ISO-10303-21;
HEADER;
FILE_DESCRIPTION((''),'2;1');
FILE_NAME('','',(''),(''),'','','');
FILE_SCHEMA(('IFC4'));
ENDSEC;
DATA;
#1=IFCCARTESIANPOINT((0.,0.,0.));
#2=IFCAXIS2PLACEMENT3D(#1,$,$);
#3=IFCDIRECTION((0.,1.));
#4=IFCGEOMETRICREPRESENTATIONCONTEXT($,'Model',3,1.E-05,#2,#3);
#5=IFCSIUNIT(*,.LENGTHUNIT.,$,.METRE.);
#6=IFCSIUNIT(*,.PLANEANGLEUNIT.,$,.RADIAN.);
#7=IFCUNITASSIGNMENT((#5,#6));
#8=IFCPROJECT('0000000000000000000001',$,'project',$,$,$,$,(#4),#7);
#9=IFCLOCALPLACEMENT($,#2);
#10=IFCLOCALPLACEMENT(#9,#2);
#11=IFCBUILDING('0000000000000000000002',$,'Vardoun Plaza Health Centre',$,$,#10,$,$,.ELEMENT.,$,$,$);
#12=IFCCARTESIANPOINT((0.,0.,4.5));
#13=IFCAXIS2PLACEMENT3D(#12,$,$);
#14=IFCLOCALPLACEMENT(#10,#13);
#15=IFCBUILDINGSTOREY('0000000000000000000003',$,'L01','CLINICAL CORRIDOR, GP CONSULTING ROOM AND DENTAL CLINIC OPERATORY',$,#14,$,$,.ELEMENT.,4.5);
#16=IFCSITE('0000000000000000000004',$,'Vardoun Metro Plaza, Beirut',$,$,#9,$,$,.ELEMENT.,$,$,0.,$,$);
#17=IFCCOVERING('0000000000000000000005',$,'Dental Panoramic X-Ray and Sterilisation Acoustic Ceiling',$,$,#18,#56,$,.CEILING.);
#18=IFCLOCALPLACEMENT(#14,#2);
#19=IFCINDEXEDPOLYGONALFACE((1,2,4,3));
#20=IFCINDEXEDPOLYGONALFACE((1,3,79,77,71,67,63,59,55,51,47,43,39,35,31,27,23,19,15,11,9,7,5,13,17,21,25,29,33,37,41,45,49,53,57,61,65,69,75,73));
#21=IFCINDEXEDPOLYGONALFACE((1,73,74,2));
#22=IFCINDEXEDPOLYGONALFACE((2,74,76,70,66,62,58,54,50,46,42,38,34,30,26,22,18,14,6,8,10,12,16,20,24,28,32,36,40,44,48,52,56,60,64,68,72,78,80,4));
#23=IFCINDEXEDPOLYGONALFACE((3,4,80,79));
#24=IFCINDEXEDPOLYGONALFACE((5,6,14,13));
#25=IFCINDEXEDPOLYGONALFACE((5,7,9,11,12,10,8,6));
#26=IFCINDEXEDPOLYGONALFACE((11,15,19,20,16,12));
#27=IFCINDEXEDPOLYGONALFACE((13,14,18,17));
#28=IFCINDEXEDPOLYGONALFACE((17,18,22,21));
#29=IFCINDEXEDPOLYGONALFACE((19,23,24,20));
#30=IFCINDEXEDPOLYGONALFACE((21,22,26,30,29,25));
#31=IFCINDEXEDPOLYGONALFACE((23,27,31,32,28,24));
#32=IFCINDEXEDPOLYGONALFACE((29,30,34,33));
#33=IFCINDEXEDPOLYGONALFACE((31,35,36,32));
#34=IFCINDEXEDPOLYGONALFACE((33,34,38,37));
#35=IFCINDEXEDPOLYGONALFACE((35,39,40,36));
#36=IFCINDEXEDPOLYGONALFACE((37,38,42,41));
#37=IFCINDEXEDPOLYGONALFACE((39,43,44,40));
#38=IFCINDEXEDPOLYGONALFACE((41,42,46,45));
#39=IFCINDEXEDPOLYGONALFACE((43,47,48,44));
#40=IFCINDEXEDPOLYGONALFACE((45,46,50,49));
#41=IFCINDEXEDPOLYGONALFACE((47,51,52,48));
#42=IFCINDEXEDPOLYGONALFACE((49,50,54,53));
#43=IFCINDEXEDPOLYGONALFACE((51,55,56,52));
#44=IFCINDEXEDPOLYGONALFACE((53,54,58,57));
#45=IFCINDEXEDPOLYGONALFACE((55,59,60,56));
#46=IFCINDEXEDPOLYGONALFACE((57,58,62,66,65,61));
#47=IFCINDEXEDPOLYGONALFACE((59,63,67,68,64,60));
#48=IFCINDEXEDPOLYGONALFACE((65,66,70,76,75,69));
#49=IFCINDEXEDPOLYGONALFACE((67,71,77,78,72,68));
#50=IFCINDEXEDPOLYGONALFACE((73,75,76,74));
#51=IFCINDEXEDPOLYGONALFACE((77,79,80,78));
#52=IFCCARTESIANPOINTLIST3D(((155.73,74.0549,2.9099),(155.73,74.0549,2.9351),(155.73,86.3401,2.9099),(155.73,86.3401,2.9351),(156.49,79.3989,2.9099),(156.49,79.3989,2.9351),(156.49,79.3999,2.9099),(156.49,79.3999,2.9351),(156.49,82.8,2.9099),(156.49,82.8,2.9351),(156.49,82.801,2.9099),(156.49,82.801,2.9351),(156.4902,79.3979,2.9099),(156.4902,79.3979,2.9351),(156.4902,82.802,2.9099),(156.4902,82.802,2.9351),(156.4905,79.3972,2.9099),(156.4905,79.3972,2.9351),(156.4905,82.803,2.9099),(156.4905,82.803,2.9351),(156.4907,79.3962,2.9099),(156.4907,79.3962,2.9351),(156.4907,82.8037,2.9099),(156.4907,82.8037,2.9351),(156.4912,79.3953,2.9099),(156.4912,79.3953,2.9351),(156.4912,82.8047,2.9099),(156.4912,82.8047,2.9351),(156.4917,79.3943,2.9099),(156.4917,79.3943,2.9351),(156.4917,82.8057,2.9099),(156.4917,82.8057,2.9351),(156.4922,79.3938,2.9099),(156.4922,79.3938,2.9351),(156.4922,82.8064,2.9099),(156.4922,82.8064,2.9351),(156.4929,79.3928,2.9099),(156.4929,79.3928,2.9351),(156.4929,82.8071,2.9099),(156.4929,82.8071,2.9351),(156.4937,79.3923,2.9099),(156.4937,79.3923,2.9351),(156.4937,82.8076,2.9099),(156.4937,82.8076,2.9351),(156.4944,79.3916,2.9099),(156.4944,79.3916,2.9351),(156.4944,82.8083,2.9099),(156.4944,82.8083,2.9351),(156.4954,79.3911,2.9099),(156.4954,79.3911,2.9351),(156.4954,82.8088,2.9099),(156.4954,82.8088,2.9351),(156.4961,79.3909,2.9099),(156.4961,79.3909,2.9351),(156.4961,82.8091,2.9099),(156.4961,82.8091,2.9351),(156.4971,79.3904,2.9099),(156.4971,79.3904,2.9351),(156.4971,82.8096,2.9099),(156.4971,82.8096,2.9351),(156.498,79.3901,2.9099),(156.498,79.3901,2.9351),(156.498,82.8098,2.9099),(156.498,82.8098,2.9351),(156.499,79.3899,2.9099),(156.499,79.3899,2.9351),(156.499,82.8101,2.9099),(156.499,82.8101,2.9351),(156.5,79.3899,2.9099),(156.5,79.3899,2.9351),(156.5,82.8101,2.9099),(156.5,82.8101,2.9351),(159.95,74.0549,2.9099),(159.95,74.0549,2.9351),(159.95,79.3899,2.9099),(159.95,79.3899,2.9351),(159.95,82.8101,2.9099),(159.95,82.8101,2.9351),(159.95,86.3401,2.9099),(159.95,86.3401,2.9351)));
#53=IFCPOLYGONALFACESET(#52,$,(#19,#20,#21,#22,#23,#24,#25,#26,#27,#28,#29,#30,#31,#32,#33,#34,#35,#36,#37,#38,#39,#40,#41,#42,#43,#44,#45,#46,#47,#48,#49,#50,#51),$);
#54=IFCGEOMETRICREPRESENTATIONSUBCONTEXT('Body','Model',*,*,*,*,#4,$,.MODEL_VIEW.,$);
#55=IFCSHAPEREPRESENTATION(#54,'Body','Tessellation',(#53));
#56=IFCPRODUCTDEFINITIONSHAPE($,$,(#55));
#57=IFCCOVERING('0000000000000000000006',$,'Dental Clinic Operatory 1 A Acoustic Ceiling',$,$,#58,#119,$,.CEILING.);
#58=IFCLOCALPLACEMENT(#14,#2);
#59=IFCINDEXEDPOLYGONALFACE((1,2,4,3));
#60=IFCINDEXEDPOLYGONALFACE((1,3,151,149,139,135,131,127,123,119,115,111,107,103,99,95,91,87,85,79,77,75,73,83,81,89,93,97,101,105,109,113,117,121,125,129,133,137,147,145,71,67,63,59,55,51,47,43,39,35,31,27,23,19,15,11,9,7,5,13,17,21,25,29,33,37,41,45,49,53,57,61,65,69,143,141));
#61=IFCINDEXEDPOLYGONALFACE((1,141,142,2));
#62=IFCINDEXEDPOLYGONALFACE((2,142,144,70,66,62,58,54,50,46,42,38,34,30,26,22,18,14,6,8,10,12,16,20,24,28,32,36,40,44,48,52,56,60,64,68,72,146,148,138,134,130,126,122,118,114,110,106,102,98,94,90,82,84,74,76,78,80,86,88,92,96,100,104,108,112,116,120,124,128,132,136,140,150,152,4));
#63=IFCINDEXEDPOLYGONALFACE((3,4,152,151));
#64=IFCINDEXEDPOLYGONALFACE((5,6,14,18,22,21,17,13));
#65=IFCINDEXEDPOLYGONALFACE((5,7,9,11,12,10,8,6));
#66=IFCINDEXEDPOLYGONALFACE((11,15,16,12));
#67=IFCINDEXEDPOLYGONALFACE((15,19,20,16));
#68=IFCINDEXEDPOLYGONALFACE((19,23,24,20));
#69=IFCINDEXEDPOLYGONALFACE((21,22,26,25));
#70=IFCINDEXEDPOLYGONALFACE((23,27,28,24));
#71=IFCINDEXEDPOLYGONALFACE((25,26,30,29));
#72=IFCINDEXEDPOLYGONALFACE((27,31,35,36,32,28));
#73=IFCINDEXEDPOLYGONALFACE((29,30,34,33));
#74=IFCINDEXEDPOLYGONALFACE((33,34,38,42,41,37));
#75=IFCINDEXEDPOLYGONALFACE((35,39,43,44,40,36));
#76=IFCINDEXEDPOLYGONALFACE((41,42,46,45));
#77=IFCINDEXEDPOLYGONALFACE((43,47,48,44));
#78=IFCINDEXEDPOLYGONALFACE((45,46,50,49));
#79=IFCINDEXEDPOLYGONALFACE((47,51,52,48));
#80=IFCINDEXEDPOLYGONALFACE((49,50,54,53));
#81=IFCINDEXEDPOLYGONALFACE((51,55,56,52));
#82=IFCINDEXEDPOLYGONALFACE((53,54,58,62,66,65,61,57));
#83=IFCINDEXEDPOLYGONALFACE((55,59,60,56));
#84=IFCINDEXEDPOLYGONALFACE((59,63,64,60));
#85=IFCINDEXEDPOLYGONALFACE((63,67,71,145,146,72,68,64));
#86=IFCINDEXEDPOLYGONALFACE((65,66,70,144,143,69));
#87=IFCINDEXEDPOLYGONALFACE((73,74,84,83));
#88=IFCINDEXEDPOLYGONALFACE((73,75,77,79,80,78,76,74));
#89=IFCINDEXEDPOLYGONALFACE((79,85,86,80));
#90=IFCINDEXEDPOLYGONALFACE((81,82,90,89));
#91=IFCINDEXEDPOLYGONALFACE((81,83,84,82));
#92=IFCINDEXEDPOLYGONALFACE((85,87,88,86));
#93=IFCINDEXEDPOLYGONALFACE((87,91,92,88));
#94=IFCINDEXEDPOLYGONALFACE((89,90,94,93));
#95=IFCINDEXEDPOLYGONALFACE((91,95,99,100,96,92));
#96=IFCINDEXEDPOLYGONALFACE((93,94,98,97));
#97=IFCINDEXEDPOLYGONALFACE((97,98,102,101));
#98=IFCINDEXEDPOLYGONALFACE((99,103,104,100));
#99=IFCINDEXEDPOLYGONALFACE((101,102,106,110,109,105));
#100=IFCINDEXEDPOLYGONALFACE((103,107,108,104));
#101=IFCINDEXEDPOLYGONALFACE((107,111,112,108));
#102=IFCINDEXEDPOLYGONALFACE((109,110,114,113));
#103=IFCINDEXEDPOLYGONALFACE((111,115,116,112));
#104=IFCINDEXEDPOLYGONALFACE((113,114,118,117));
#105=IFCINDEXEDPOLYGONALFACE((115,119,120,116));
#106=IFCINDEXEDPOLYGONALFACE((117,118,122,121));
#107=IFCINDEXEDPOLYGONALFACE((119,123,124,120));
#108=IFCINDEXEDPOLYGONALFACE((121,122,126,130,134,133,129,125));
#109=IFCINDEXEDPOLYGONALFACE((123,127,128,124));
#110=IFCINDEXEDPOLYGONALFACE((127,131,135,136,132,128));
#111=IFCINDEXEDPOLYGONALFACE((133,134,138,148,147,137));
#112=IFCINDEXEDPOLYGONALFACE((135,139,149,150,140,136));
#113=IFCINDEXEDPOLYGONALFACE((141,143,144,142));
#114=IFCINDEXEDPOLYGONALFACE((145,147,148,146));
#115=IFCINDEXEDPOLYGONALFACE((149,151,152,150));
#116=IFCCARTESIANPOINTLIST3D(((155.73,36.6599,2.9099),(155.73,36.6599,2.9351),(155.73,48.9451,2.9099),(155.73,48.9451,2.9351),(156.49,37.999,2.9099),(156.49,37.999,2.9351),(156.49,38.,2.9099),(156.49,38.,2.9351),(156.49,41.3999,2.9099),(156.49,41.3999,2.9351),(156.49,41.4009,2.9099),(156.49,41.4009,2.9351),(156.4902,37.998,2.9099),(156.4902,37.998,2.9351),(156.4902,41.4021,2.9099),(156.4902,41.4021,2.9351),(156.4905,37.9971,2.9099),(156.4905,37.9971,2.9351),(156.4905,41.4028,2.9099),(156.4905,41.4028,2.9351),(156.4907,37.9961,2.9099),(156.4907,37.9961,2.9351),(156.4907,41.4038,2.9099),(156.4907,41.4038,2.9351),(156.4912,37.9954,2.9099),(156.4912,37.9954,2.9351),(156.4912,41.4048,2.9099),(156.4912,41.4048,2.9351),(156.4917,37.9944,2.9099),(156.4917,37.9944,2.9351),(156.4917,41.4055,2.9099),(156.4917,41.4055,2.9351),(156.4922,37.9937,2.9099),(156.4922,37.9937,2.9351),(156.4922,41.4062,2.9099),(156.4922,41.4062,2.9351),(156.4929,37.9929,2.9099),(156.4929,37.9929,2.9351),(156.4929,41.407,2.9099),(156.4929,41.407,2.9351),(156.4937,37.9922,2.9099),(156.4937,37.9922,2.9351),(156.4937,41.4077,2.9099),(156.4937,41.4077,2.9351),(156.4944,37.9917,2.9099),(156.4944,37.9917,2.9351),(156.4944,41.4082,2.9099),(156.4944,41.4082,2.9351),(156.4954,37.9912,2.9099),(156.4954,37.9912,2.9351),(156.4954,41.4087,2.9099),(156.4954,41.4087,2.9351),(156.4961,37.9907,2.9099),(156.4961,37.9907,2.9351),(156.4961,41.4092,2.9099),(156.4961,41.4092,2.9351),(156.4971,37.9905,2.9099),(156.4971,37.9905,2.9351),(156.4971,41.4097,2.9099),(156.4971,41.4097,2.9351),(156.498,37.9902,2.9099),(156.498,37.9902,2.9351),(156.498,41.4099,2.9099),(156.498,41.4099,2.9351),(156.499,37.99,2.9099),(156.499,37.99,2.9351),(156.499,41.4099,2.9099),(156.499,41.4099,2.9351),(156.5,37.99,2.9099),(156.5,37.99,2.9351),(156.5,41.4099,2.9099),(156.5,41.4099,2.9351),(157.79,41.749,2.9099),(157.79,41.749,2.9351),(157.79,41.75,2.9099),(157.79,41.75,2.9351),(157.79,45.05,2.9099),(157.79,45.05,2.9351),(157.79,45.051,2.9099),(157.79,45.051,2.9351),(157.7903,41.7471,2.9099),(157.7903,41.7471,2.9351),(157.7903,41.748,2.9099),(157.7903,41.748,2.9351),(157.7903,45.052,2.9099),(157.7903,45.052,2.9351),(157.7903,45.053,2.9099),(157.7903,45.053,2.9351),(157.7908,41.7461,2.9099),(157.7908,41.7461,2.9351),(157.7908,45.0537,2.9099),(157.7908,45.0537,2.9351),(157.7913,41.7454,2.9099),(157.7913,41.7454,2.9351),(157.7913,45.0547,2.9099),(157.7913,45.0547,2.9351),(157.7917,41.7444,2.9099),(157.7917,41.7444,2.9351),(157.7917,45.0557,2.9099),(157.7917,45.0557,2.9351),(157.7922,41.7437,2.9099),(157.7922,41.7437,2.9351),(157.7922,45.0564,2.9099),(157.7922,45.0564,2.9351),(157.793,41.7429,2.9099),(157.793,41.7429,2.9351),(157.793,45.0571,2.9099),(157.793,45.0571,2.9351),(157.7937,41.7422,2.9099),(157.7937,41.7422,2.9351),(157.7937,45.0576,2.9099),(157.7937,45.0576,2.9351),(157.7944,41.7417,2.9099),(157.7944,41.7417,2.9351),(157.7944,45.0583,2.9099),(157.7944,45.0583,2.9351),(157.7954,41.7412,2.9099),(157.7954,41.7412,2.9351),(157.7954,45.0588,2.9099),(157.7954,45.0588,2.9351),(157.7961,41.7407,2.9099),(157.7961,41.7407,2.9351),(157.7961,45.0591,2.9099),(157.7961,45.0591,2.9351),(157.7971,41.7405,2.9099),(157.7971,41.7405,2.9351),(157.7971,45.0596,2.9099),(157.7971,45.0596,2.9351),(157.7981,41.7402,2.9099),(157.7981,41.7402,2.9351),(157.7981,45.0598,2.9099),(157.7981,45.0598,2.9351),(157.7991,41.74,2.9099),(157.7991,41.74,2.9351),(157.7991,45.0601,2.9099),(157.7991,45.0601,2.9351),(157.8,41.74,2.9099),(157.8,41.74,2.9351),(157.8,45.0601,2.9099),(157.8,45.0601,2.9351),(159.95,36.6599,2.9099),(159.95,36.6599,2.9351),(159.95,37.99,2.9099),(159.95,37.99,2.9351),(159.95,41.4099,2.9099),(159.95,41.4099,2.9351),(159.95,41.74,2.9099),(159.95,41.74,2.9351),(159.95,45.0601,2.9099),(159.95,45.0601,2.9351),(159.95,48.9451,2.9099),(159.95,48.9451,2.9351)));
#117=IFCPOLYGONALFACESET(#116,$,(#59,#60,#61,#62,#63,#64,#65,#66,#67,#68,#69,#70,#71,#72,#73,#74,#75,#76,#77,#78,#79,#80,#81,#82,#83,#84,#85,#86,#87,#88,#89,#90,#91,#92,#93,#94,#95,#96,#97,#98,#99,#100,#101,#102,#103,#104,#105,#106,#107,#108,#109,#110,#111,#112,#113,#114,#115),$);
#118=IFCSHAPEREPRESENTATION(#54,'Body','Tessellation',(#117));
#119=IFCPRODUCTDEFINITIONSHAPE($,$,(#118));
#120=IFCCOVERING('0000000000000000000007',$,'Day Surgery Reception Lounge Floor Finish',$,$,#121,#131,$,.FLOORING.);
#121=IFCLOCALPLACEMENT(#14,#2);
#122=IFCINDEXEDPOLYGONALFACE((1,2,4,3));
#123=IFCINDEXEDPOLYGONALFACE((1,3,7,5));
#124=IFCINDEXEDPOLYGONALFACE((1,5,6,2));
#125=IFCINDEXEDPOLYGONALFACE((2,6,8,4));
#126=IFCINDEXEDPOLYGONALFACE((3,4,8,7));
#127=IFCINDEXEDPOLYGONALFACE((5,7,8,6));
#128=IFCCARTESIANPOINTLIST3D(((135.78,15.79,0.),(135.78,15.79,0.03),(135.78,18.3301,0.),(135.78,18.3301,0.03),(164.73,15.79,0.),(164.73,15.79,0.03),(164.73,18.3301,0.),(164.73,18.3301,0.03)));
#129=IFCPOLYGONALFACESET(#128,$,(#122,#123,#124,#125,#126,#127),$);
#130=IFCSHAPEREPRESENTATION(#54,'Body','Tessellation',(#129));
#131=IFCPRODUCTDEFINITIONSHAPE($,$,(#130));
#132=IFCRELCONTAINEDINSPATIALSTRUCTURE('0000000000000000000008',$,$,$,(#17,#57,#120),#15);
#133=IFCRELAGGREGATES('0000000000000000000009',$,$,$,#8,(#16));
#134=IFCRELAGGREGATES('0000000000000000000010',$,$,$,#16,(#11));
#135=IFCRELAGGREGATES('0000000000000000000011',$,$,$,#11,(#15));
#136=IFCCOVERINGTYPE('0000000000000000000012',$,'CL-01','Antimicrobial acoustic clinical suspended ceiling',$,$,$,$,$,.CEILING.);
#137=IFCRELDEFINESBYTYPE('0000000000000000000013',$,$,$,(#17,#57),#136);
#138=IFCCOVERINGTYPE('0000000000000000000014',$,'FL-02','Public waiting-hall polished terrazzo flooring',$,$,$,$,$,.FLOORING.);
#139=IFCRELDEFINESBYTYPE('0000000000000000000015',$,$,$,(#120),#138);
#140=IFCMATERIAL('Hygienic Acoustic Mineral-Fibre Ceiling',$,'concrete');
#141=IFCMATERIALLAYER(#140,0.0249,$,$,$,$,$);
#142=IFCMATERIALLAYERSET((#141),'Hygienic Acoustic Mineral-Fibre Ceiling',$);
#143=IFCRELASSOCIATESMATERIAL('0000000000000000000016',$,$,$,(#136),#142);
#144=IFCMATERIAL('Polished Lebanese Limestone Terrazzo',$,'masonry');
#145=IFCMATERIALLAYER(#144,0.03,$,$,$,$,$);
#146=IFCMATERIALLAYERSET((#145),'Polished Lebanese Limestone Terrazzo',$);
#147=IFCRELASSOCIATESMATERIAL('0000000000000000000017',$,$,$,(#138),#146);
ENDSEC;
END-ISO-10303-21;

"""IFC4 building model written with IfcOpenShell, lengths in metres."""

from ifc_helpers import new_model, si_unit, direction, frame, origin, place, context, subcontext, project, spatial, polyline, outline, extrude, material, layer, layer_set, type_object, element, save


model = new_model("IFC4")

# Units and contexts
model_context = context("Model", 3, precision=1e-05, world=origin(), true_north=direction((0.0, 1.0)))
body_context = subcontext(model_context, "Body", "Model", "MODEL_VIEW")
ifc_project = project(units=[si_unit("LENGTHUNIT", "METRE"), si_unit("PLANEANGLEUNIT", "RADIAN")], contexts=[model_context])

# Site, building, storey
site_placement = place(None, origin())
site = spatial("IfcSite", under=ifc_project, at=site_placement, Name="Vardoun Metro Plaza, Beirut", CompositionType="ELEMENT", RefElevation=0.0)
building_placement = place(site_placement, origin())
building = spatial("IfcBuilding", under=site, at=building_placement, Name="Vardoun Plaza Health Centre", CompositionType="ELEMENT")
storey_placement = place(building_placement, frame((0.0, 0.0, 4.5)))
storey = spatial("IfcBuildingStorey", under=building, at=storey_placement, Name="L01", Description="CLINICAL CORRIDOR, GP CONSULTING ROOM AND DENTAL CLINIC OPERATORY", CompositionType="ELEMENT", Elevation=4.5)

# Coverings
ifc_material_1 = material(Name="Hygienic Acoustic Mineral-Fibre Ceiling", Category="concrete")
ifc_layer_1 = layer(ifc_material_1, 0.0249)
ifc_layer_set_1 = layer_set([ifc_layer_1], Name="Hygienic Acoustic Mineral-Fibre Ceiling")
covering_type_1 = type_object("IfcCoveringType", Name="CL-01", Description="Antimicrobial acoustic clinical suspended ceiling", PredefinedType="CEILING", material=ifc_layer_set_1)
covering_1_placement = place(storey_placement, frame((0.0, 0.0, 2.9099)))
element("IfcCovering", 1, at=covering_1_placement, inside=storey, type_object=covering_type_1, Name="Dental Panoramic X-Ray and Sterilisation Acoustic Ceiling", PredefinedType="CEILING", context=body_context, shape_type="SweptSolid", body=[
    extrude(outline(polyline([(159.95, 86.3401), (159.95, 82.8101), (156.5, 82.8101), (156.499, 82.8101), (156.498, 82.8098), (156.4971, 82.8096), (156.4961, 82.8091), (156.4954, 82.8088), (156.4944, 82.8083), (156.4937, 82.8076), (156.4929, 82.8071), (156.4922, 82.8064), (156.4917, 82.8057), (156.4912, 82.8047), (156.4907, 82.8037), (156.4905, 82.803), (156.4902, 82.802), (156.49, 82.801), (156.49, 82.8), (156.49, 79.3999), (156.49, 79.3989), (156.4902, 79.3979), (156.4905, 79.3972), (156.4907, 79.3962), (156.4912, 79.3953), (156.4917, 79.3943), (156.4922, 79.3938), (156.4929, 79.3928), (156.4937, 79.3923), (156.4944, 79.3916), (156.4954, 79.3911), (156.4961, 79.3909), (156.4971, 79.3904), (156.498, 79.3901), (156.499, 79.3899), (156.5, 79.3899), (159.95, 79.3899), (159.95, 74.0549), (155.73, 74.0549), (155.73, 86.3401), (159.95, 86.3401)])), origin(), (0.0, 0.0, 1.0), 0.0251),
])
covering_2_placement = place(storey_placement, frame((0.0, 0.0, 2.9099)))
element("IfcCovering", 2, at=covering_2_placement, inside=storey, type_object=covering_type_1, Name="Dental Clinic Operatory 1 A Acoustic Ceiling", PredefinedType="CEILING", context=body_context, shape_type="SweptSolid", body=[
    extrude(outline(polyline([(159.95, 45.0601), (157.8, 45.0601), (157.7991, 45.0601), (157.7981, 45.0598), (157.7971, 45.0596), (157.7961, 45.0591), (157.7954, 45.0588), (157.7944, 45.0583), (157.7937, 45.0576), (157.793, 45.0571), (157.7922, 45.0564), (157.7917, 45.0557), (157.7913, 45.0547), (157.7908, 45.0537), (157.7903, 45.053), (157.7903, 45.052), (157.79, 45.051), (157.79, 45.05), (157.79, 41.75), (157.79, 41.749), (157.7903, 41.748), (157.7903, 41.7471), (157.7908, 41.7461), (157.7913, 41.7454), (157.7917, 41.7444), (157.7922, 41.7437), (157.793, 41.7429), (157.7937, 41.7422), (157.7944, 41.7417), (157.7954, 41.7412), (157.7961, 41.7407), (157.7971, 41.7405), (157.7981, 41.7402), (157.7991, 41.74), (157.8, 41.74), (159.95, 41.74), (159.95, 41.4099), (156.5, 41.4099), (156.499, 41.4099), (156.498, 41.4099), (156.4971, 41.4097), (156.4961, 41.4092), (156.4954, 41.4087), (156.4944, 41.4082), (156.4937, 41.4077), (156.4929, 41.407), (156.4922, 41.4062), (156.4917, 41.4055), (156.4912, 41.4048), (156.4907, 41.4038), (156.4905, 41.4028), (156.4902, 41.4021), (156.49, 41.4009), (156.49, 41.3999), (156.49, 38.0), (156.49, 37.999), (156.4902, 37.998), (156.4905, 37.9971), (156.4907, 37.9961), (156.4912, 37.9954), (156.4917, 37.9944), (156.4922, 37.9937), (156.4929, 37.9929), (156.4937, 37.9922), (156.4944, 37.9917), (156.4954, 37.9912), (156.4961, 37.9907), (156.4971, 37.9905), (156.498, 37.9902), (156.499, 37.99), (156.5, 37.99), (159.95, 37.99), (159.95, 36.6599), (155.73, 36.6599), (155.73, 48.9451), (159.95, 48.9451), (159.95, 45.0601)])), origin(), (0.0, 0.0, 1.0), 0.0251),
])
ifc_material_2 = material(Name="Polished Lebanese Limestone Terrazzo", Category="masonry")
ifc_layer_2 = layer(ifc_material_2, 0.03)
ifc_layer_set_2 = layer_set([ifc_layer_2], Name="Polished Lebanese Limestone Terrazzo")
covering_type_2 = type_object("IfcCoveringType", Name="FL-02", Description="Public waiting-hall polished terrazzo flooring", PredefinedType="FLOORING", material=ifc_layer_set_2)
covering_3_placement = place(storey_placement, origin())
element("IfcCovering", 3, at=covering_3_placement, inside=storey, type_object=covering_type_2, Name="Day Surgery Reception Lounge Floor Finish", PredefinedType="FLOORING", context=body_context, shape_type="SweptSolid", body=[
    extrude(outline(polyline([(164.73, 18.3301), (164.73, 15.79), (135.78, 15.79), (135.78, 18.3301), (164.73, 18.3301)])), origin(), (0.0, 0.0, 1.0), 0.03),
])

save(model, "model.ifc")
